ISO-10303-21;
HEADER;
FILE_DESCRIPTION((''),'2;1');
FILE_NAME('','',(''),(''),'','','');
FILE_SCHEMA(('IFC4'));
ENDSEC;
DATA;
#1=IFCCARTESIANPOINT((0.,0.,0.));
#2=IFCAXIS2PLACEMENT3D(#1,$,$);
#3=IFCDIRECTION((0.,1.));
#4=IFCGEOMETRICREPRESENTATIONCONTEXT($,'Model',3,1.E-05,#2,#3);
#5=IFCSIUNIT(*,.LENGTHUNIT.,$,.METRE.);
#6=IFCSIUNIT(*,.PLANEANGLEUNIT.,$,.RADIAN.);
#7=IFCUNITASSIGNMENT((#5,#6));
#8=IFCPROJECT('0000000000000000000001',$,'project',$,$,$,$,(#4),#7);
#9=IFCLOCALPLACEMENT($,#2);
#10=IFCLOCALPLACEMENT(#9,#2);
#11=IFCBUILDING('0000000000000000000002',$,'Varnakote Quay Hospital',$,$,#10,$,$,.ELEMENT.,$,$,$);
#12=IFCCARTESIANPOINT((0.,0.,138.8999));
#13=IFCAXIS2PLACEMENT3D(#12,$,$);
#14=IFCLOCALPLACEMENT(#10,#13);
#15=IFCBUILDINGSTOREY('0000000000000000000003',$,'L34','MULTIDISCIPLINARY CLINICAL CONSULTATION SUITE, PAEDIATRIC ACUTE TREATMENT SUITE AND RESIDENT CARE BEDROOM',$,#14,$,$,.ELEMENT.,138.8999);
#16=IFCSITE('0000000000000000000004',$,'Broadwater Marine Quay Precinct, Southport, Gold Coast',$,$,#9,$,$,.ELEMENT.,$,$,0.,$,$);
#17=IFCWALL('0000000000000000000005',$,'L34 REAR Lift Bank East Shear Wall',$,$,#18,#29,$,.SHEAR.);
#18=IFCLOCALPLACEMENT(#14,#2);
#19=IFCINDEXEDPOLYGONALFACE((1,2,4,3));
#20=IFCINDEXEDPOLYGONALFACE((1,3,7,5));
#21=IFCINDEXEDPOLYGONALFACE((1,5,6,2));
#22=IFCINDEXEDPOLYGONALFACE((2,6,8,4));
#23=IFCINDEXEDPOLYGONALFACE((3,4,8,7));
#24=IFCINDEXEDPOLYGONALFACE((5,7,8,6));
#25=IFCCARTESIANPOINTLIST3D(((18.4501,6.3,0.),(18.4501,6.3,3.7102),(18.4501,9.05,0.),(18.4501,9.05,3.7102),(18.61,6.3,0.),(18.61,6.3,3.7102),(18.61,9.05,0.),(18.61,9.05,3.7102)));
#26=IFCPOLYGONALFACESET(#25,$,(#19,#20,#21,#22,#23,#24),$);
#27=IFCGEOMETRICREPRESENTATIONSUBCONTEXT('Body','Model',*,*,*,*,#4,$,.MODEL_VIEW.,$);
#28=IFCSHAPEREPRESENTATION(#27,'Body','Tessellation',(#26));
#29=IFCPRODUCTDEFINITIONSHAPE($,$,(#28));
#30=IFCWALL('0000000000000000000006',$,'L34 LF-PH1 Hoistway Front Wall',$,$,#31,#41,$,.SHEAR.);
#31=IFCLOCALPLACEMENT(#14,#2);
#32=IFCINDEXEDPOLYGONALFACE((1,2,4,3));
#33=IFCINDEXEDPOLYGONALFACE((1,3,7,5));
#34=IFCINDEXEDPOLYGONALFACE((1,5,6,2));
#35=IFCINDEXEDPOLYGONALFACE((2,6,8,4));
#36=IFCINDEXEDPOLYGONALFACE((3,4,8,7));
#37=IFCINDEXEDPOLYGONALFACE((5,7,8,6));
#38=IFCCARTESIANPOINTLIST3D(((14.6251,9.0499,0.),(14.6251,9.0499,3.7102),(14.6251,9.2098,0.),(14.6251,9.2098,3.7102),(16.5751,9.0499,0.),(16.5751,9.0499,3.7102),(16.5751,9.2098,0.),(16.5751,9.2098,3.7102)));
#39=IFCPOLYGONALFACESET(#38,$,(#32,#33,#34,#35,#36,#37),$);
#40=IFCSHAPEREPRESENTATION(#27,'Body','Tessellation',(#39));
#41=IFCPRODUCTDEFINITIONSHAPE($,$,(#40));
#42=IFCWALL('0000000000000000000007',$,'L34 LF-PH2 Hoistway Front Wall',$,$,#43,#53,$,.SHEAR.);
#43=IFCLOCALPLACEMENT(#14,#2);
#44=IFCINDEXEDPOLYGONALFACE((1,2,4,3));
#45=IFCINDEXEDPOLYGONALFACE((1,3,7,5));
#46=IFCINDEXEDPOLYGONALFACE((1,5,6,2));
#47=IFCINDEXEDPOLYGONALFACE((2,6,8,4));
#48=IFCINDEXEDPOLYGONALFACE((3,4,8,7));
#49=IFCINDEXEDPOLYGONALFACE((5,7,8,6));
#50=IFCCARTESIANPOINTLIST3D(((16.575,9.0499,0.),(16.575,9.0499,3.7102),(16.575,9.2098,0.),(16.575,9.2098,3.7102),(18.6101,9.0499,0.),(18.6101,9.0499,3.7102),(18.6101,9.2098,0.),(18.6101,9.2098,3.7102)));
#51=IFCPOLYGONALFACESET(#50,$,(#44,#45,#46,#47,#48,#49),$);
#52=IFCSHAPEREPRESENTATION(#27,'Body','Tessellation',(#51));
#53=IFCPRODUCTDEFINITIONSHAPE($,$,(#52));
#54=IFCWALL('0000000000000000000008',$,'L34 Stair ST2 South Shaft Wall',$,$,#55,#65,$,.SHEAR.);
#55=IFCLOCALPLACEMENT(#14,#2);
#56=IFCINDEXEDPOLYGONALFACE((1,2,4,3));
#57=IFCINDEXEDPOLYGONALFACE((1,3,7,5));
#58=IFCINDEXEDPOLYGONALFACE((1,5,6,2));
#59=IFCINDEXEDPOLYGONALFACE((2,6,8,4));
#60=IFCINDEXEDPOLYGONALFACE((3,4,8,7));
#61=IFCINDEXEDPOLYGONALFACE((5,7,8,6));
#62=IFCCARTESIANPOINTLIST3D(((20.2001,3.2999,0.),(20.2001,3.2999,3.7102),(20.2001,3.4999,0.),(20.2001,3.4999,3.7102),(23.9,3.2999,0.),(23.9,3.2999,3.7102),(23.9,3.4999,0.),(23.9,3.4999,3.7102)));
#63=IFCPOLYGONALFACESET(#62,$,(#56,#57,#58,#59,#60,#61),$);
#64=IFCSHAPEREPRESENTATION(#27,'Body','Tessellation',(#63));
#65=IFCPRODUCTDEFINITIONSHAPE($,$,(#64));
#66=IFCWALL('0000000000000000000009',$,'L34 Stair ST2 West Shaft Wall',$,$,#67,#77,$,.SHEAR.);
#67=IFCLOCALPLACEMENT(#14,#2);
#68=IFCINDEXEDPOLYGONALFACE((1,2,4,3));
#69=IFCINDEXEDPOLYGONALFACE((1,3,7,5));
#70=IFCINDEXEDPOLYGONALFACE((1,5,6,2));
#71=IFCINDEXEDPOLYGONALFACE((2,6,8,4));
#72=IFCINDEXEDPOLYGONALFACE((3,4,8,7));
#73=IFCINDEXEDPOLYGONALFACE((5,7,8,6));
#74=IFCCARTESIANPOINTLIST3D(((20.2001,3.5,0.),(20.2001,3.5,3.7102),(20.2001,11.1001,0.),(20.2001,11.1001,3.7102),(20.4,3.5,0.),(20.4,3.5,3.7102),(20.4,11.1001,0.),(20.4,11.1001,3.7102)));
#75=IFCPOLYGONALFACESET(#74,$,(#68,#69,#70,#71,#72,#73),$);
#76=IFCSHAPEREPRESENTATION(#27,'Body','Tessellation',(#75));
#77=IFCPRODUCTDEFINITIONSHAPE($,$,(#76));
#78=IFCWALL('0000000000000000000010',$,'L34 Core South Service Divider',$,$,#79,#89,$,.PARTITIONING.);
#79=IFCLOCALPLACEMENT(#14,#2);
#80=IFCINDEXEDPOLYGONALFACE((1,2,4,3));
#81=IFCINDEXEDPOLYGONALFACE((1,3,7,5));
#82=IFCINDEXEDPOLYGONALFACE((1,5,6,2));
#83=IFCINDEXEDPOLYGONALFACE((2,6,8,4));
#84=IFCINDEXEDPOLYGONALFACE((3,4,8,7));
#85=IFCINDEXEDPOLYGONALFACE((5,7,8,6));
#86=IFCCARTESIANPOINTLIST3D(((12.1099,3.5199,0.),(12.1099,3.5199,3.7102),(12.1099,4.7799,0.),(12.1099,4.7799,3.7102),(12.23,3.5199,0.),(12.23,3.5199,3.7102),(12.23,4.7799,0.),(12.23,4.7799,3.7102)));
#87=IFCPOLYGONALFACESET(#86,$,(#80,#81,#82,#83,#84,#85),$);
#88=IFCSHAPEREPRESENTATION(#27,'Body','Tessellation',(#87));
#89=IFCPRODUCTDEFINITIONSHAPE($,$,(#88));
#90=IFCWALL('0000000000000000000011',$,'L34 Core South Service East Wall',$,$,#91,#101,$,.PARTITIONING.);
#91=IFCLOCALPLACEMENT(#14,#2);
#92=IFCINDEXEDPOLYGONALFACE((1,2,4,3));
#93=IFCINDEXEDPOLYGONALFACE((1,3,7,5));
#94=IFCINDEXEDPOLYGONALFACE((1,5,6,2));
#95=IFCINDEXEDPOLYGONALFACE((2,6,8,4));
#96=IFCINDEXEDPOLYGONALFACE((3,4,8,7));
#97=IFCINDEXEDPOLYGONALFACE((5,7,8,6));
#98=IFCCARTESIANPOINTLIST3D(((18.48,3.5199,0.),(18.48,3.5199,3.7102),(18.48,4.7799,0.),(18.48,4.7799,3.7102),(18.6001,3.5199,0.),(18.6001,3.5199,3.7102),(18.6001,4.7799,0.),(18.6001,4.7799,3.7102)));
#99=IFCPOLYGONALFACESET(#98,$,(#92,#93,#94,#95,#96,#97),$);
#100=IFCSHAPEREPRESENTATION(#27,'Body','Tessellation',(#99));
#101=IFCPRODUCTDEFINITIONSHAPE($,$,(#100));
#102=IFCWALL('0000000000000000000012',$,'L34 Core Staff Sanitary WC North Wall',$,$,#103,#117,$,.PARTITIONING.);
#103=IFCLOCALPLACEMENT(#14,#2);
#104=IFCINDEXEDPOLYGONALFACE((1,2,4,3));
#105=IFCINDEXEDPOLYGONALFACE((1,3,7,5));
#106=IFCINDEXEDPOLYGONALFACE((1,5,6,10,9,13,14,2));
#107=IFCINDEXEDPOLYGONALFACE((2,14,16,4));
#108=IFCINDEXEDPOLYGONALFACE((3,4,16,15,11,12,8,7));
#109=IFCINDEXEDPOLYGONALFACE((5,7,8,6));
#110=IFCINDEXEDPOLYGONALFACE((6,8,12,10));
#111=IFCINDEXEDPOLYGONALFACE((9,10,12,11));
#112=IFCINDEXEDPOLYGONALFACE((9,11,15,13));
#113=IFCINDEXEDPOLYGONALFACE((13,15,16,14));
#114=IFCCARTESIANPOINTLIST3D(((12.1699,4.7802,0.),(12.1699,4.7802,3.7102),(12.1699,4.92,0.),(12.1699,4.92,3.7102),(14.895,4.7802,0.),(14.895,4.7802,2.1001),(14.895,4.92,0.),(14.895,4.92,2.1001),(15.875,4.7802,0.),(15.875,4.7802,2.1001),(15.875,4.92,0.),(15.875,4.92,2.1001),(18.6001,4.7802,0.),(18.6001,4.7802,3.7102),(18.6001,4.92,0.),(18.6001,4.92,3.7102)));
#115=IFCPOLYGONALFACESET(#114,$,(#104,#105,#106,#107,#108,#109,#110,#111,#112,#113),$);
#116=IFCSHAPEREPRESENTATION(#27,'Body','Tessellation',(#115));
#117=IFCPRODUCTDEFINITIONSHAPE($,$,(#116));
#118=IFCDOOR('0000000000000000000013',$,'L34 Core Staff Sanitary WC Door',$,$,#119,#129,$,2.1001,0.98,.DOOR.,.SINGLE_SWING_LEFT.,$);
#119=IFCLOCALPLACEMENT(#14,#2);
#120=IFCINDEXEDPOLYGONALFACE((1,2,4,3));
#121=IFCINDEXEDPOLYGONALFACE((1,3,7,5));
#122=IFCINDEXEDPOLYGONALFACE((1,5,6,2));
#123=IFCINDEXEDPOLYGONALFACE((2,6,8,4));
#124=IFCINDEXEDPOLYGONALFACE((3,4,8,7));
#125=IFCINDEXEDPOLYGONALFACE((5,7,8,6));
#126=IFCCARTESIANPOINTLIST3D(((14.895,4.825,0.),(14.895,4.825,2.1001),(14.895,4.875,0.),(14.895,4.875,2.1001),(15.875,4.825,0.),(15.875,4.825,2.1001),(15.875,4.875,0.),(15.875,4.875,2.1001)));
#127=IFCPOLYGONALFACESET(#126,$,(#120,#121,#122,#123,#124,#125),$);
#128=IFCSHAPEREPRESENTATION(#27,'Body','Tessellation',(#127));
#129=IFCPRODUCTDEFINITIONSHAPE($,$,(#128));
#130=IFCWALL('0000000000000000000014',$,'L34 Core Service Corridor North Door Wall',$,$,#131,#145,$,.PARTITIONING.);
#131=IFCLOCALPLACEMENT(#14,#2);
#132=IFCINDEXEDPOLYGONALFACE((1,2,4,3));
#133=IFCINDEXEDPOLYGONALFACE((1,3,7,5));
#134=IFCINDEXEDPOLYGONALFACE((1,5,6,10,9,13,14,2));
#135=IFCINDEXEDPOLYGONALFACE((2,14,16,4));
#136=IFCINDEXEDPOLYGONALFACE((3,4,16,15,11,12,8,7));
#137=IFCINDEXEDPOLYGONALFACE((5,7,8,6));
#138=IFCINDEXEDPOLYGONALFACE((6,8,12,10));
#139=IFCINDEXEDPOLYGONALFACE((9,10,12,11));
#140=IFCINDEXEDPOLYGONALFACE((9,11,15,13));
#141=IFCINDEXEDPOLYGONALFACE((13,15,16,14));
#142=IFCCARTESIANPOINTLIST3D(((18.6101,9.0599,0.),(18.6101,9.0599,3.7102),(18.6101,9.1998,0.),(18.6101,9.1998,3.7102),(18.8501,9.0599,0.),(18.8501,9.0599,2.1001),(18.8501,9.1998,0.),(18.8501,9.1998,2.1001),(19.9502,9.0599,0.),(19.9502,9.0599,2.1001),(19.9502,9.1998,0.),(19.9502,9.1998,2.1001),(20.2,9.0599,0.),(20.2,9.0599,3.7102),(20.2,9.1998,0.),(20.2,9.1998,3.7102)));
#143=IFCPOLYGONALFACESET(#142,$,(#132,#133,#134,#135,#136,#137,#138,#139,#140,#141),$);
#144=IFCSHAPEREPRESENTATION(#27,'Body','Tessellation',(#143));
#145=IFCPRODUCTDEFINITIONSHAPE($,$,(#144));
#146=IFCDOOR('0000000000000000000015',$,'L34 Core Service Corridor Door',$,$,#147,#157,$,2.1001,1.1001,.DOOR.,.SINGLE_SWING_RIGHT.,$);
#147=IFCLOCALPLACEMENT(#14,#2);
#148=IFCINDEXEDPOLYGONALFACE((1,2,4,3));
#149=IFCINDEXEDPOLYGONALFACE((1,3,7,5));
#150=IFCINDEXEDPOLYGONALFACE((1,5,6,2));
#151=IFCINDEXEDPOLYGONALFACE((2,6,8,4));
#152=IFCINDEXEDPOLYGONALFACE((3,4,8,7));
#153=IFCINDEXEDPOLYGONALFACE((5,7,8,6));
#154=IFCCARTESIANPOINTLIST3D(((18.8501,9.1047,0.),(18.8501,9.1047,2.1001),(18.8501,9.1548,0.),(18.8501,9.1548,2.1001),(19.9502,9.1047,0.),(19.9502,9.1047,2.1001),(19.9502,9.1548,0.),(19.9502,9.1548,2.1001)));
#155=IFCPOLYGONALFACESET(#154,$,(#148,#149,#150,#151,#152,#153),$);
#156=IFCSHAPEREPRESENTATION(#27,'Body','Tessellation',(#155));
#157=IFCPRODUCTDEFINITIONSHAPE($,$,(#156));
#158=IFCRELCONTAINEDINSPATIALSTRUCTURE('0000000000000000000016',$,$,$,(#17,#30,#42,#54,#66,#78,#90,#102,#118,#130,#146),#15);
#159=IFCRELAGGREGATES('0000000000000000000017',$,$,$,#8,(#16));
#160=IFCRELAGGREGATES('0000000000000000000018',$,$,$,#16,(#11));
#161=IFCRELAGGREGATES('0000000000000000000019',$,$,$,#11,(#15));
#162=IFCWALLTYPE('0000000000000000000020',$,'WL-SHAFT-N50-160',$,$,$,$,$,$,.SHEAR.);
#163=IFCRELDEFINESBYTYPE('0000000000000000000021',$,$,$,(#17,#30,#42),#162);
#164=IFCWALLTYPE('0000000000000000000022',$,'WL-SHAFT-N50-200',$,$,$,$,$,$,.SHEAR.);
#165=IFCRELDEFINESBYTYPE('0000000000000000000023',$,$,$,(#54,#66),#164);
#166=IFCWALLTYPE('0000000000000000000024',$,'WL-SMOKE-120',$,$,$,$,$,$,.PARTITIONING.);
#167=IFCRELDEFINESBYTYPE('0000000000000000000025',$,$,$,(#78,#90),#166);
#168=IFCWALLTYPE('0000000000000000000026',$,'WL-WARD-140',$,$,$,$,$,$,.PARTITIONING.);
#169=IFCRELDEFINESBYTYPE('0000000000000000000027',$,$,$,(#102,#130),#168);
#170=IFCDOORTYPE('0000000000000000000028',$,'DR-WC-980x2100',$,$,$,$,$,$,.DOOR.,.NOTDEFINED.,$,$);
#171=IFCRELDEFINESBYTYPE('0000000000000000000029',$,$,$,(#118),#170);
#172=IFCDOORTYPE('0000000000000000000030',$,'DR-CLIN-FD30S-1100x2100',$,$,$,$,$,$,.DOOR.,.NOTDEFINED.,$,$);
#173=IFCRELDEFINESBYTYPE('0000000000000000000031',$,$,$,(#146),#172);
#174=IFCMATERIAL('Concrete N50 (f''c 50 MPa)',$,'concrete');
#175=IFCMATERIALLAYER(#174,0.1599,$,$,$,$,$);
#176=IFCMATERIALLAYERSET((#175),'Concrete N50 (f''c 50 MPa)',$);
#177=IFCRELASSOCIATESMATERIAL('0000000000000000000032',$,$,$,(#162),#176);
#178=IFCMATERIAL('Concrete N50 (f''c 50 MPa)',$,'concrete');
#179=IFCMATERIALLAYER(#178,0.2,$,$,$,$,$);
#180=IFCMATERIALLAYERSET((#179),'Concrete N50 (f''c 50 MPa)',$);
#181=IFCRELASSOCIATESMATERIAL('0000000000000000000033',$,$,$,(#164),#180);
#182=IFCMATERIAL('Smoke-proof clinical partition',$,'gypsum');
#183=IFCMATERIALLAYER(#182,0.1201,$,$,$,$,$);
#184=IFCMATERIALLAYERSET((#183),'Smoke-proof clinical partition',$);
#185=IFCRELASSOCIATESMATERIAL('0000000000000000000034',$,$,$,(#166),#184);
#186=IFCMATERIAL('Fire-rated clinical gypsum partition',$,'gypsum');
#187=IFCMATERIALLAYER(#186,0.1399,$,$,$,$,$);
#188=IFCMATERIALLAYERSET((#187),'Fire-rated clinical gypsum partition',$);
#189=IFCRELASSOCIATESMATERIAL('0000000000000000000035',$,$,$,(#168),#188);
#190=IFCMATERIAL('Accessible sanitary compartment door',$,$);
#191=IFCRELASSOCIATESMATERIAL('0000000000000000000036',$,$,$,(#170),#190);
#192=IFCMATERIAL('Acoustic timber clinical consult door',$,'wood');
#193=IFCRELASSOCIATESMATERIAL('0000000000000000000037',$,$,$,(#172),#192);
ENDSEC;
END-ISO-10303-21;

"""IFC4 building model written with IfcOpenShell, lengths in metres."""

from ifc_helpers import new_model, si_unit, direction, frame, frame_2d, origin, place, context, subcontext, project, spatial, rectangle, extrude, material, layer, layer_set, type_object, element, fill, save


model = new_model("IFC4")

# Units and contexts
model_context = context("Model", 3, precision=1e-05, world=origin(), true_north=direction((0.0, 1.0)))
body_context = subcontext(model_context, "Body", "Model", "MODEL_VIEW")
ifc_project = project(units=[si_unit("LENGTHUNIT", "METRE"), si_unit("PLANEANGLEUNIT", "RADIAN")], contexts=[model_context])

# Site, building, storey
site_placement = place(None, origin())
site = spatial("IfcSite", under=ifc_project, at=site_placement, Name="Broadwater Marine Quay Precinct, Southport, Gold Coast", CompositionType="ELEMENT", RefElevation=0.0)
building_placement = place(site_placement, origin())
building = spatial("IfcBuilding", under=site, at=building_placement, Name="Varnakote Quay Hospital", CompositionType="ELEMENT")
storey_placement = place(building_placement, frame((0.0, 0.0, 138.8999)))
storey = spatial("IfcBuildingStorey", under=building, at=storey_placement, Name="L34", Description="MULTIDISCIPLINARY CLINICAL CONSULTATION SUITE, PAEDIATRIC ACUTE TREATMENT SUITE AND RESIDENT CARE BEDROOM", CompositionType="ELEMENT", Elevation=138.8999)

# Wall
ifc_material_1 = material(Name="Concrete N50 (f'c 50 MPa)", Category="concrete")
ifc_layer_1 = layer(ifc_material_1, 0.1599)
ifc_layer_set_1 = layer_set([ifc_layer_1], Name="Concrete N50 (f'c 50 MPa)")
wall_type_1 = type_object("IfcWallType", Name="WL-SHAFT-N50-160", PredefinedType="SHEAR", material=ifc_layer_set_1)
wall_1_placement = place(storey_placement, frame((18.53, 6.3, 0.0), z_axis=(0.0, 0.0, 1.0), x_axis=(0.0, 1.0, 0.0)))
element("IfcWall", 1, at=wall_1_placement, inside=storey, type_object=wall_type_1, Name="L34 REAR Lift Bank East Shear Wall", PredefinedType="SHEAR", context=body_context, shape_type="SweptSolid", body=[
    extrude(rectangle(XDim=2.75, YDim=0.1599, at=frame_2d((1.375, 0.0))), origin(), (0.0, 0.0, 1.0), 3.7102),
])

# Walls
wall_2_placement = place(storey_placement, frame((14.625, 9.1299, 0.0), z_axis=(0.0, 0.0, 1.0), x_axis=(1.0, 0.0, 0.0)))
element("IfcWall", 2, at=wall_2_placement, inside=storey, type_object=wall_type_1, Name="L34 LF-PH1 Hoistway Front Wall", PredefinedType="SHEAR", context=body_context, shape_type="SweptSolid", body=[
    extrude(rectangle(XDim=1.95, YDim=0.1599, at=frame_2d((0.9751, 0.0))), origin(), (0.0, 0.0, 1.0), 3.7102),
])
wall_3_placement = place(storey_placement, frame((16.575, 9.1299, 0.0), z_axis=(0.0, 0.0, 1.0), x_axis=(1.0, 0.0, 0.0)))
element("IfcWall", 3, at=wall_3_placement, inside=storey, type_object=wall_type_1, Name="L34 LF-PH2 Hoistway Front Wall", PredefinedType="SHEAR", context=body_context, shape_type="SweptSolid", body=[
    extrude(rectangle(XDim=2.0352, YDim=0.1599, at=frame_2d((1.0176, 0.0))), origin(), (0.0, 0.0, 1.0), 3.7102),
])
ifc_material_2 = material(Name="Concrete N50 (f'c 50 MPa)", Category="concrete")
ifc_layer_2 = layer(ifc_material_2, 0.2)
ifc_layer_set_2 = layer_set([ifc_layer_2], Name="Concrete N50 (f'c 50 MPa)")
wall_type_2 = type_object("IfcWallType", Name="WL-SHAFT-N50-200", PredefinedType="SHEAR", material=ifc_layer_set_2)
wall_4_placement = place(storey_placement, frame((20.2, 3.3999, 0.0), z_axis=(0.0, 0.0, 1.0), x_axis=(1.0, 0.0, 0.0)))
element("IfcWall", 4, at=wall_4_placement, inside=storey, type_object=wall_type_2, Name="L34 Stair ST2 South Shaft Wall", PredefinedType="SHEAR", context=body_context, shape_type="SweptSolid", body=[
    extrude(rectangle(XDim=3.7, YDim=0.2, at=frame_2d((1.8501, 0.0))), origin(), (0.0, 0.0, 1.0), 3.7102),
])
wall_5_placement = place(storey_placement, frame((20.3, 3.5, 0.0), z_axis=(0.0, 0.0, 1.0), x_axis=(0.0, 1.0, 0.0)))
element("IfcWall", 5, at=wall_5_placement, inside=storey, type_object=wall_type_2, Name="L34 Stair ST2 West Shaft Wall", PredefinedType="SHEAR", context=body_context, shape_type="SweptSolid", body=[
    extrude(rectangle(XDim=7.6001, YDim=0.2, at=frame_2d((3.8, 0.0))), origin(), (0.0, 0.0, 1.0), 3.7102),
])

# Walls
ifc_material_3 = material(Name="Smoke-proof clinical partition", Category="gypsum")
ifc_layer_3 = layer(ifc_material_3, 0.1201)
ifc_layer_set_3 = layer_set([ifc_layer_3], Name="Smoke-proof clinical partition")
wall_type_3 = type_object("IfcWallType", Name="WL-SMOKE-120", PredefinedType="PARTITIONING", material=ifc_layer_set_3)
for number, where, z_axis, x_axis, name in (
    (6, (12.1699, 3.52, 0.0), (0.0, 0.0, 1.0), (0.0, 1.0, 0.0), "L34 Core South Service Divider"),
    (7, (18.54, 3.52, 0.0), (0.0, 0.0, 1.0), (0.0, 1.0, 0.0), "L34 Core South Service East Wall"),
):
    element("IfcWall", number, at=place(storey_placement, frame(where, z_axis=z_axis, x_axis=x_axis)), inside=storey, type_object=wall_type_3, Name=name, PredefinedType="PARTITIONING", context=body_context, shape_type="SweptSolid", body=[
        extrude(rectangle(XDim=1.26, YDim=0.1201, at=frame_2d((0.6299, 0.0))), origin(), (0.0, 0.0, 1.0), 3.7102),
    ])

# Walls, openings, doors
ifc_material_4 = material(Name="Fire-rated clinical gypsum partition", Category="gypsum")
ifc_layer_4 = layer(ifc_material_4, 0.1399)
ifc_layer_set_4 = layer_set([ifc_layer_4], Name="Fire-rated clinical gypsum partition")
wall_type_4 = type_object("IfcWallType", Name="WL-WARD-140", PredefinedType="PARTITIONING", material=ifc_layer_set_4)
wall_6_placement = place(storey_placement, frame((12.1699, 4.8501, 0.0), z_axis=(0.0, 0.0, 1.0), x_axis=(1.0, 0.0, 0.0)))
wall_6 = element("IfcWall", 8, at=wall_6_placement, inside=storey, type_object=wall_type_4, Name="L34 Core Staff Sanitary WC North Wall", PredefinedType="PARTITIONING", context=body_context, shape_type="SweptSolid", body=[
    extrude(rectangle(XDim=6.4302, YDim=0.1399, at=frame_2d((3.2151, 0.0))), origin(), (0.0, 0.0, 1.0), 3.7102),
])
opening_1_placement = place(wall_6_placement, frame((2.7251, 0.0, 0.0)))
opening_1 = element("IfcOpeningElement", 9, at=opening_1_placement, cuts=wall_6, PredefinedType="OPENING", context=body_context, shape_type="SweptSolid", body=[
    extrude(rectangle(XDim=0.98, YDim=2.1001, at=frame_2d((0.49, 1.05))), frame((0.0, 0.0798, 0.0), z_axis=(0.0, -1.0, 0.0), x_axis=(1.0, 0.0, 0.0)), (0.0, 0.0, 1.0), 0.1599),
])
ifc_material_5 = material(Name="Accessible sanitary compartment door")
door_type_1 = type_object("IfcDoorType", Name="DR-WC-980x2100", OperationType="NOTDEFINED", PredefinedType="DOOR", material=ifc_material_5)
door_1_placement = place(opening_1_placement, origin())
door_1 = element("IfcDoor", 10, at=door_1_placement, inside=storey, type_object=door_type_1, Name="L34 Core Staff Sanitary WC Door", OperationType="SINGLE_SWING_LEFT", OverallHeight=2.1001, OverallWidth=0.98, PredefinedType="DOOR", context=body_context, shape_type="SweptSolid", body=[
    extrude(rectangle(XDim=0.98, YDim=2.1001, at=frame_2d((0.49, 1.05))), frame((0.0, 0.0249, 0.0), z_axis=(0.0, -1.0, 0.0), x_axis=(1.0, 0.0, 0.0)), (0.0, 0.0, 1.0), 0.05),
])
fill(opening_1, door_1)
wall_7_placement = place(storey_placement, frame((18.6101, 9.1299, 0.0), z_axis=(0.0, 0.0, 1.0), x_axis=(1.0, 0.0, 0.0)))
wall_7 = element("IfcWall", 11, at=wall_7_placement, inside=storey, type_object=wall_type_4, Name="L34 Core Service Corridor North Door Wall", PredefinedType="PARTITIONING", context=body_context, shape_type="SweptSolid", body=[
    extrude(rectangle(XDim=1.5898, YDim=0.1399, at=frame_2d((0.7949, 0.0))), origin(), (0.0, 0.0, 1.0), 3.7102),
])
opening_2_placement = place(wall_7_placement, frame((0.24, 0.0, 0.0)))
opening_2 = element("IfcOpeningElement", 12, at=opening_2_placement, cuts=wall_7, PredefinedType="OPENING", context=body_context, shape_type="SweptSolid", body=[
    extrude(rectangle(XDim=1.1001, YDim=2.1001, at=frame_2d((0.55, 1.05))), frame((0.0, 0.0798, 0.0), z_axis=(0.0, -1.0, 0.0), x_axis=(1.0, 0.0, 0.0)), (0.0, 0.0, 1.0), 0.1599),
])
ifc_material_6 = material(Name="Acoustic timber clinical consult door", Category="wood")
door_type_2 = type_object("IfcDoorType", Name="DR-CLIN-FD30S-1100x2100", OperationType="NOTDEFINED", PredefinedType="DOOR", material=ifc_material_6)
door_2_placement = place(opening_2_placement, origin())
door_2 = element("IfcDoor", 13, at=door_2_placement, inside=storey, type_object=door_type_2, Name="L34 Core Service Corridor Door", OperationType="SINGLE_SWING_RIGHT", OverallHeight=2.1001, OverallWidth=1.1001, PredefinedType="DOOR", context=body_context, shape_type="SweptSolid", body=[
    extrude(rectangle(XDim=1.1001, YDim=2.1001, at=frame_2d((0.55, 1.05))), frame((0.0, 0.0249, 0.0), z_axis=(0.0, -1.0, 0.0), x_axis=(1.0, 0.0, 0.0)), (0.0, 0.0, 1.0), 0.05),
])
fill(opening_2, door_2)

save(model, "model.ifc")
